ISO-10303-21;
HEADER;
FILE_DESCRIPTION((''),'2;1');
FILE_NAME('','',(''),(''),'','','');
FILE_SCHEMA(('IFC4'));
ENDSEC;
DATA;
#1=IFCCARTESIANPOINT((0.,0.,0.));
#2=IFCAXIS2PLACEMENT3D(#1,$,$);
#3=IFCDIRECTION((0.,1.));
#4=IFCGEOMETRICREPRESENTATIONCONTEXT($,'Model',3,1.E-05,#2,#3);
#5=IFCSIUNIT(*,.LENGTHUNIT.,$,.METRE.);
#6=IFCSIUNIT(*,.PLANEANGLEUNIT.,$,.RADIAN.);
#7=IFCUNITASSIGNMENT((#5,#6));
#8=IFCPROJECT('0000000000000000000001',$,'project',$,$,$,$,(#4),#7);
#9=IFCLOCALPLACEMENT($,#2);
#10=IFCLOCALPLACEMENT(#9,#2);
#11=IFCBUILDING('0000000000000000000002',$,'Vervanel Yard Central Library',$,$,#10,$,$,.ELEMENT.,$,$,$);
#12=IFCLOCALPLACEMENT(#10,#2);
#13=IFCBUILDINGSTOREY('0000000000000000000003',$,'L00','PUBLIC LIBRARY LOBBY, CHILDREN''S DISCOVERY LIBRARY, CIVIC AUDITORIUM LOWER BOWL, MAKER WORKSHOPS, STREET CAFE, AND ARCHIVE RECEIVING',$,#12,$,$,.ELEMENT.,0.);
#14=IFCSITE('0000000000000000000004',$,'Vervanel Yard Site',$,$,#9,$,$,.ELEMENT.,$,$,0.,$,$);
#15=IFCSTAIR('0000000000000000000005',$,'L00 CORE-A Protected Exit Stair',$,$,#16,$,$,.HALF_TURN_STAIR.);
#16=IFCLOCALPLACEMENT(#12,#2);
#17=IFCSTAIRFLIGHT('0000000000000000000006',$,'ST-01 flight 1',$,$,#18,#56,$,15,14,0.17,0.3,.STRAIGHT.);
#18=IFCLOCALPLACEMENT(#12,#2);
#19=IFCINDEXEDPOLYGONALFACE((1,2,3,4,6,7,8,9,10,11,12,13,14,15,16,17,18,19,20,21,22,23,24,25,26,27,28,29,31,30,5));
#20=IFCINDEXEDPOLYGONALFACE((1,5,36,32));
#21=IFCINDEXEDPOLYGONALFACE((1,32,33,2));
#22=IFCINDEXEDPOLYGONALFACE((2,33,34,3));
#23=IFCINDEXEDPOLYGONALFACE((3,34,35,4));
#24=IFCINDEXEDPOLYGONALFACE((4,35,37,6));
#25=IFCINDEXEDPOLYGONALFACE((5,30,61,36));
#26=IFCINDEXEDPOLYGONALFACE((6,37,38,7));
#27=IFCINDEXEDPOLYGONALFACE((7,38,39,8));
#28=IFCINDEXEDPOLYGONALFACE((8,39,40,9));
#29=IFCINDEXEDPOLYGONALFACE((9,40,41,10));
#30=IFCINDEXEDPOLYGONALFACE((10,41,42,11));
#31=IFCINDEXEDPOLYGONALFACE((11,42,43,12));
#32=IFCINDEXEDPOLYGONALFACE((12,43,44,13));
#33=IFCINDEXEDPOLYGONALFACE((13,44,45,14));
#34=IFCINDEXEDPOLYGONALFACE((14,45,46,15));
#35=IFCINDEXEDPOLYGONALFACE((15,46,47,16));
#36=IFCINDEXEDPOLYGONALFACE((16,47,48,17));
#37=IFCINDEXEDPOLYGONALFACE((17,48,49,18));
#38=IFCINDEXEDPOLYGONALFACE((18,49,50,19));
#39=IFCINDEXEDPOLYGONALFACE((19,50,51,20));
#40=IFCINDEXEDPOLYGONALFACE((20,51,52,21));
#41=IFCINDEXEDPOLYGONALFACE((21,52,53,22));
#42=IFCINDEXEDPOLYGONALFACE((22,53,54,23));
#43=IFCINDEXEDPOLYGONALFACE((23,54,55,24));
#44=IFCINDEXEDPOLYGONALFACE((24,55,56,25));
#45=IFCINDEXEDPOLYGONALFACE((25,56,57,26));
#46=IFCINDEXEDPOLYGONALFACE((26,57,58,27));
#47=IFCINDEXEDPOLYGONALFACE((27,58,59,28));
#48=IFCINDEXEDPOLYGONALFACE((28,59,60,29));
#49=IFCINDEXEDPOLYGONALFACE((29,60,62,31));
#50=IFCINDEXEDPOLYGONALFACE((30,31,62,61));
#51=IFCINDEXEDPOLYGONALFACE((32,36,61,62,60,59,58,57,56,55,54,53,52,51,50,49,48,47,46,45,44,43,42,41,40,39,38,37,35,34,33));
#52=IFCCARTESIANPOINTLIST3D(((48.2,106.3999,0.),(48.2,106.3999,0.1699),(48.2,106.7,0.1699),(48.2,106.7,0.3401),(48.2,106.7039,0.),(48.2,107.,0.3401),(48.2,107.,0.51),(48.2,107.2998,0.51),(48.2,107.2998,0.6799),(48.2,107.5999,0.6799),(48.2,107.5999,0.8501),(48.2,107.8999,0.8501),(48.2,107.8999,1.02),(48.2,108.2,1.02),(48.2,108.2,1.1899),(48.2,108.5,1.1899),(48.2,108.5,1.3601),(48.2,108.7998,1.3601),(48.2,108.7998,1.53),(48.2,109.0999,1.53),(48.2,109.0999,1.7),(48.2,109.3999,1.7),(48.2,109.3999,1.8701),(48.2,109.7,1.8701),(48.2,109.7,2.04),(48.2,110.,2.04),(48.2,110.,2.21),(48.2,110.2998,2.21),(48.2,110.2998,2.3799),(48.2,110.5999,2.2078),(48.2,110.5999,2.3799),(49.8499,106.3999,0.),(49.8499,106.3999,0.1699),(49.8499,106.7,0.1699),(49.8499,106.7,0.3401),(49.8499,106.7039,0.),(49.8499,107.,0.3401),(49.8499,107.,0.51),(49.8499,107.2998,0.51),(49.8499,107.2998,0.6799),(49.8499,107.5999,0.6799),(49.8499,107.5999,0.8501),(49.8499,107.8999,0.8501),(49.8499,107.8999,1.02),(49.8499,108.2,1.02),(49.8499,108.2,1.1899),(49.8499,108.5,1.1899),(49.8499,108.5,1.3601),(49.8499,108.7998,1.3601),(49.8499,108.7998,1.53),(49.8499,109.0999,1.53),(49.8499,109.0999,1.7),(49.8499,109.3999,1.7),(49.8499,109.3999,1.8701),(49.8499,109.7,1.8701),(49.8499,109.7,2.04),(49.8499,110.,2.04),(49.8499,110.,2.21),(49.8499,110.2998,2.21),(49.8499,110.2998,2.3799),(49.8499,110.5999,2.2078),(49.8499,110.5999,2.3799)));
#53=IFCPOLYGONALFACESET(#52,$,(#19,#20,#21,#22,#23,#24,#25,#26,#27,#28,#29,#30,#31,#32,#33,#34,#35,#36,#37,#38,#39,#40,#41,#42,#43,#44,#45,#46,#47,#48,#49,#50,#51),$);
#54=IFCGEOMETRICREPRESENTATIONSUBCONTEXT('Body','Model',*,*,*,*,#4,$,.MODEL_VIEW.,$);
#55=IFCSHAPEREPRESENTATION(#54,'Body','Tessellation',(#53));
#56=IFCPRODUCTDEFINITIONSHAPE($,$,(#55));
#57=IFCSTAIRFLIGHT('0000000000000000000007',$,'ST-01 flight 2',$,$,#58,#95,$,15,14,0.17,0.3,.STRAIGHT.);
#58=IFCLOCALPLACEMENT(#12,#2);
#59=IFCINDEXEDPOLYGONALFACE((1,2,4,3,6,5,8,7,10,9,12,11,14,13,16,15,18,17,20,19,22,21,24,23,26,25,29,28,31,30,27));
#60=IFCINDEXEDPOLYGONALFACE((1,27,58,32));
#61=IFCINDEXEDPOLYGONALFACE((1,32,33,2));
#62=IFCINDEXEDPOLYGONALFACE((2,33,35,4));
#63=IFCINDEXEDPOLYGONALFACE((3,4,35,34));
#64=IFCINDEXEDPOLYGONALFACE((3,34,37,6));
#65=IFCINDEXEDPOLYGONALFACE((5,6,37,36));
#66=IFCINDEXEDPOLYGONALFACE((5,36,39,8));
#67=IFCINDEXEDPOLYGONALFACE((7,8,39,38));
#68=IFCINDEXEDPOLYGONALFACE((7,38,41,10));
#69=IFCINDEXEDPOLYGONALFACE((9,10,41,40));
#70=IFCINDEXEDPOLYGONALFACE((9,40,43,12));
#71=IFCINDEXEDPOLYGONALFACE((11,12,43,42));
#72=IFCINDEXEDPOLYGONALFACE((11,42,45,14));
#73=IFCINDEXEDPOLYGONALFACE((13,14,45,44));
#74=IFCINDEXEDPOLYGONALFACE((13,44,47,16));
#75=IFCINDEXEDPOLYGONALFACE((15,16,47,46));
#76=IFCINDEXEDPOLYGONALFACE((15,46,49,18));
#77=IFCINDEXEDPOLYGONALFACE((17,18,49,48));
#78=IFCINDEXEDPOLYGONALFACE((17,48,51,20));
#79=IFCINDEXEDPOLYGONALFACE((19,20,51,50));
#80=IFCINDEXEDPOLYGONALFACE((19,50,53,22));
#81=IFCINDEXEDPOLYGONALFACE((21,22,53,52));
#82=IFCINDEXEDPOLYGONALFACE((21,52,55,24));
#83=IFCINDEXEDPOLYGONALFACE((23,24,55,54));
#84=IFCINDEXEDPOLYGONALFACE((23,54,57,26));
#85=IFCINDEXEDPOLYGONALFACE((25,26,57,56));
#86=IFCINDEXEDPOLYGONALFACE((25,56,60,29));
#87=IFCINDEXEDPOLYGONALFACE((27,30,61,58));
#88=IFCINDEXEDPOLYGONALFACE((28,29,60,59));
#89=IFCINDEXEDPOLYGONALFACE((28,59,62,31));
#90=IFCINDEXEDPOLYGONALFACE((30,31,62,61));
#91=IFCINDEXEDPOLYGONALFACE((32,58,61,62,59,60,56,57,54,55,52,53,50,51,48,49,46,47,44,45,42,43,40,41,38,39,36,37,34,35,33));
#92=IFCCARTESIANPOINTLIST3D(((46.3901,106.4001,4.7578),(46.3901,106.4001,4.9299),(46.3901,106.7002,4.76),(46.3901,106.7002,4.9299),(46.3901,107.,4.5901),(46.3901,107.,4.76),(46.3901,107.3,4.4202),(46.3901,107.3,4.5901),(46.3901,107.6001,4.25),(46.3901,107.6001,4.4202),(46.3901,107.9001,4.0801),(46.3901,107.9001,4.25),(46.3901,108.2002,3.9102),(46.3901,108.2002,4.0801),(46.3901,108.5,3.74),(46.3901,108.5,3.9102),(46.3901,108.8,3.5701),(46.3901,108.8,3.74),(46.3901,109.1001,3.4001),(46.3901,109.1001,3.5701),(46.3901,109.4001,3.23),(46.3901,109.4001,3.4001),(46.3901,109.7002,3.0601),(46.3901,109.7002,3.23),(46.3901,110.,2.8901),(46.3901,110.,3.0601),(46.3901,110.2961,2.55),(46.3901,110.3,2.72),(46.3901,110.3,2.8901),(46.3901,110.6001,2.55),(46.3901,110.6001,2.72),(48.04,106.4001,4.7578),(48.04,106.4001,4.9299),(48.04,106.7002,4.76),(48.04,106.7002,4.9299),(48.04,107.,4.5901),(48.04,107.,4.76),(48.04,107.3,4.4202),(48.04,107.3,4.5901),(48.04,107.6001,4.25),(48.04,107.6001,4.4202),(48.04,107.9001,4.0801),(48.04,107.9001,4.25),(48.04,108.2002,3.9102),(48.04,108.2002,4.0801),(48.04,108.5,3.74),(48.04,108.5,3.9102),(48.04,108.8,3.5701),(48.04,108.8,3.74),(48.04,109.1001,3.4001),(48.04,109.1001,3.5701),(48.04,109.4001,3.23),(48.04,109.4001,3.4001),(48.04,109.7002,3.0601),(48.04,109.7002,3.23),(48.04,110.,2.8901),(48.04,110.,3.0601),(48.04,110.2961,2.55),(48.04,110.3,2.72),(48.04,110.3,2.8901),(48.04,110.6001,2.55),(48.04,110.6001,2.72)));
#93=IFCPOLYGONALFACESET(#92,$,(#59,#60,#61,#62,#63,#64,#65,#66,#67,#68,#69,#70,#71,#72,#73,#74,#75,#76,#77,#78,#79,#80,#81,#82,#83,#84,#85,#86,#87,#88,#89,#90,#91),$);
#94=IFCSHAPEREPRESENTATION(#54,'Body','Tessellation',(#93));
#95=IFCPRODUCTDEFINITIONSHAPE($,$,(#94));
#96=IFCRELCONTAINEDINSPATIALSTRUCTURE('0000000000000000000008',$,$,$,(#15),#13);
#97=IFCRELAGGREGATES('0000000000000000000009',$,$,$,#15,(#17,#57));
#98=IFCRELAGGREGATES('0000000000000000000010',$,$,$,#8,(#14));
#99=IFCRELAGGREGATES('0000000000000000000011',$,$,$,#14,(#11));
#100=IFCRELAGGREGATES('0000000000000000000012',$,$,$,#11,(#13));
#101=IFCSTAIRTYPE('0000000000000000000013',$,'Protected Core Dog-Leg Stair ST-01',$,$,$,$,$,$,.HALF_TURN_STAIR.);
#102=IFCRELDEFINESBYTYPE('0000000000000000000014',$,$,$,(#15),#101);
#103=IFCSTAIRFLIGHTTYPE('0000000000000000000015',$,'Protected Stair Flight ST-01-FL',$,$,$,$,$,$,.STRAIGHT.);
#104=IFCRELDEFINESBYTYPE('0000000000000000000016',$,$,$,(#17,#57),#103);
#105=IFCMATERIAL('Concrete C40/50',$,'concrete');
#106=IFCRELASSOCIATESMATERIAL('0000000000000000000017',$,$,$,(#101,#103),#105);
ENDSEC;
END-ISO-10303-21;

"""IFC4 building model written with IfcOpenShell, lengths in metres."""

from ifc_helpers import new_model, si_unit, direction, frame, origin, place, context, subcontext, project, spatial, polyline, outline, extrude, material, type_object, element, aggregate, save


model = new_model("IFC4")

# Units and contexts
model_context = context("Model", 3, precision=1e-05, world=origin(), true_north=direction((0.0, 1.0)))
body_context = subcontext(model_context, "Body", "Model", "MODEL_VIEW")
ifc_project = project(units=[si_unit("LENGTHUNIT", "METRE"), si_unit("PLANEANGLEUNIT", "RADIAN")], contexts=[model_context])

# Site, building, storey
site_placement = place(None, origin())
site = spatial("IfcSite", under=ifc_project, at=site_placement, Name="Vervanel Yard Site", CompositionType="ELEMENT", RefElevation=0.0)
building_placement = place(site_placement, origin())
building = spatial("IfcBuilding", under=site, at=building_placement, Name="Vervanel Yard Central Library", CompositionType="ELEMENT")
storey_placement = place(building_placement, origin())
storey = spatial("IfcBuildingStorey", under=building, at=storey_placement, Name="L00", Description="PUBLIC LIBRARY LOBBY, CHILDREN'S DISCOVERY LIBRARY, CIVIC AUDITORIUM LOWER BOWL, MAKER WORKSHOPS, STREET CAFE, AND ARCHIVE RECEIVING", CompositionType="ELEMENT", Elevation=0.0)

# Shared definitions
ifc_material_1 = material(Name="Concrete C40/50", Category="concrete")

# Stair, stair flights
stair_type = type_object("IfcStairType", Name="Protected Core Dog-Leg Stair ST-01", PredefinedType="HALF_TURN_STAIR", material=ifc_material_1)
stair_placement = place(storey_placement, origin())
stair = element("IfcStair", 1, at=stair_placement, inside=storey, type_object=stair_type, Name="L00 CORE-A Protected Exit Stair", PredefinedType="HALF_TURN_STAIR")
stair_flight_type = type_object("IfcStairFlightType", Name="Protected Stair Flight ST-01-FL", PredefinedType="STRAIGHT", material=ifc_material_1)
stair_flight_1_placement = place(storey_placement, frame((49.0249, 106.3999, 0.0), z_axis=(0.0, 0.0, 1.0), x_axis=(0.0, 1.0, 0.0)))
stair_flight_1 = element("IfcStairFlight", 2, at=stair_flight_1_placement, type_object=stair_flight_type, Name="ST-01 flight 1", NumberOfRisers=15, NumberOfTreads=14, PredefinedType="STRAIGHT", RiserHeight=0.17, TreadLength=0.3, context=body_context, shape_type="SweptSolid", body=[
    extrude(outline(polyline([(0.0, 0.0), (0.0, 0.1699), (0.3, 0.1699), (0.3, 0.3401), (0.6001, 0.3401), (0.6001, 0.51), (0.8999, 0.51), (0.8999, 0.6799), (1.2, 0.6799), (1.2, 0.8501), (1.5, 0.8501), (1.5, 1.02), (1.8, 1.02), (1.8, 1.1899), (2.1001, 1.1899), (2.1001, 1.3601), (2.3999, 1.3601), (2.3999, 1.53), (2.7, 1.53), (2.7, 1.7), (3.0, 1.7), (3.0, 1.8701), (3.3, 1.8701), (3.3, 2.04), (3.6001, 2.04), (3.6001, 2.21), (3.8999, 2.21), (3.8999, 2.3799), (4.2, 2.3799), (4.2, 2.55), (4.2, 2.2078), (0.304, 0.0), (0.0, 0.0)])), frame((0.0, 0.825, 0.0), z_axis=(0.0, -1.0, 0.0), x_axis=(1.0, 0.0, 0.0)), (0.0, 0.0, 1.0), 1.6499),
])
stair_flight_2_placement = place(storey_placement, frame((47.2151, 110.6001, 2.55), z_axis=(0.0, 0.0, 1.0), x_axis=(0.0, -1.0, 0.0)))
stair_flight_2 = element("IfcStairFlight", 3, at=stair_flight_2_placement, type_object=stair_flight_type, Name="ST-01 flight 2", NumberOfRisers=15, NumberOfTreads=14, PredefinedType="STRAIGHT", RiserHeight=0.17, TreadLength=0.3, context=body_context, shape_type="SweptSolid", body=[
    extrude(outline(polyline([(0.0, 0.0), (0.0, 0.1699), (0.3, 0.1699), (0.3, 0.3401), (0.6001, 0.3401), (0.6001, 0.51), (0.8999, 0.51), (0.8999, 0.6799), (1.2, 0.6799), (1.2, 0.8501), (1.5, 0.8501), (1.5, 1.02), (1.8, 1.02), (1.8, 1.1899), (2.1001, 1.1899), (2.1001, 1.3601), (2.3999, 1.3601), (2.3999, 1.53), (2.7, 1.53), (2.7, 1.7), (3.0, 1.7), (3.0, 1.8701), (3.3, 1.8701), (3.3, 2.04), (3.6001, 2.04), (3.6001, 2.21), (3.8999, 2.21), (3.8999, 2.3799), (4.2, 2.3799), (4.2, 2.55), (4.2, 2.2078), (0.304, 0.0), (0.0, 0.0)])), frame((0.0, 0.825, 0.0), z_axis=(0.0, -1.0, 0.0), x_axis=(1.0, 0.0, 0.0)), (0.0, 0.0, 1.0), 1.6499),
])
aggregate(stair, [stair_flight_1, stair_flight_2])

save(model, "model.ifc")
